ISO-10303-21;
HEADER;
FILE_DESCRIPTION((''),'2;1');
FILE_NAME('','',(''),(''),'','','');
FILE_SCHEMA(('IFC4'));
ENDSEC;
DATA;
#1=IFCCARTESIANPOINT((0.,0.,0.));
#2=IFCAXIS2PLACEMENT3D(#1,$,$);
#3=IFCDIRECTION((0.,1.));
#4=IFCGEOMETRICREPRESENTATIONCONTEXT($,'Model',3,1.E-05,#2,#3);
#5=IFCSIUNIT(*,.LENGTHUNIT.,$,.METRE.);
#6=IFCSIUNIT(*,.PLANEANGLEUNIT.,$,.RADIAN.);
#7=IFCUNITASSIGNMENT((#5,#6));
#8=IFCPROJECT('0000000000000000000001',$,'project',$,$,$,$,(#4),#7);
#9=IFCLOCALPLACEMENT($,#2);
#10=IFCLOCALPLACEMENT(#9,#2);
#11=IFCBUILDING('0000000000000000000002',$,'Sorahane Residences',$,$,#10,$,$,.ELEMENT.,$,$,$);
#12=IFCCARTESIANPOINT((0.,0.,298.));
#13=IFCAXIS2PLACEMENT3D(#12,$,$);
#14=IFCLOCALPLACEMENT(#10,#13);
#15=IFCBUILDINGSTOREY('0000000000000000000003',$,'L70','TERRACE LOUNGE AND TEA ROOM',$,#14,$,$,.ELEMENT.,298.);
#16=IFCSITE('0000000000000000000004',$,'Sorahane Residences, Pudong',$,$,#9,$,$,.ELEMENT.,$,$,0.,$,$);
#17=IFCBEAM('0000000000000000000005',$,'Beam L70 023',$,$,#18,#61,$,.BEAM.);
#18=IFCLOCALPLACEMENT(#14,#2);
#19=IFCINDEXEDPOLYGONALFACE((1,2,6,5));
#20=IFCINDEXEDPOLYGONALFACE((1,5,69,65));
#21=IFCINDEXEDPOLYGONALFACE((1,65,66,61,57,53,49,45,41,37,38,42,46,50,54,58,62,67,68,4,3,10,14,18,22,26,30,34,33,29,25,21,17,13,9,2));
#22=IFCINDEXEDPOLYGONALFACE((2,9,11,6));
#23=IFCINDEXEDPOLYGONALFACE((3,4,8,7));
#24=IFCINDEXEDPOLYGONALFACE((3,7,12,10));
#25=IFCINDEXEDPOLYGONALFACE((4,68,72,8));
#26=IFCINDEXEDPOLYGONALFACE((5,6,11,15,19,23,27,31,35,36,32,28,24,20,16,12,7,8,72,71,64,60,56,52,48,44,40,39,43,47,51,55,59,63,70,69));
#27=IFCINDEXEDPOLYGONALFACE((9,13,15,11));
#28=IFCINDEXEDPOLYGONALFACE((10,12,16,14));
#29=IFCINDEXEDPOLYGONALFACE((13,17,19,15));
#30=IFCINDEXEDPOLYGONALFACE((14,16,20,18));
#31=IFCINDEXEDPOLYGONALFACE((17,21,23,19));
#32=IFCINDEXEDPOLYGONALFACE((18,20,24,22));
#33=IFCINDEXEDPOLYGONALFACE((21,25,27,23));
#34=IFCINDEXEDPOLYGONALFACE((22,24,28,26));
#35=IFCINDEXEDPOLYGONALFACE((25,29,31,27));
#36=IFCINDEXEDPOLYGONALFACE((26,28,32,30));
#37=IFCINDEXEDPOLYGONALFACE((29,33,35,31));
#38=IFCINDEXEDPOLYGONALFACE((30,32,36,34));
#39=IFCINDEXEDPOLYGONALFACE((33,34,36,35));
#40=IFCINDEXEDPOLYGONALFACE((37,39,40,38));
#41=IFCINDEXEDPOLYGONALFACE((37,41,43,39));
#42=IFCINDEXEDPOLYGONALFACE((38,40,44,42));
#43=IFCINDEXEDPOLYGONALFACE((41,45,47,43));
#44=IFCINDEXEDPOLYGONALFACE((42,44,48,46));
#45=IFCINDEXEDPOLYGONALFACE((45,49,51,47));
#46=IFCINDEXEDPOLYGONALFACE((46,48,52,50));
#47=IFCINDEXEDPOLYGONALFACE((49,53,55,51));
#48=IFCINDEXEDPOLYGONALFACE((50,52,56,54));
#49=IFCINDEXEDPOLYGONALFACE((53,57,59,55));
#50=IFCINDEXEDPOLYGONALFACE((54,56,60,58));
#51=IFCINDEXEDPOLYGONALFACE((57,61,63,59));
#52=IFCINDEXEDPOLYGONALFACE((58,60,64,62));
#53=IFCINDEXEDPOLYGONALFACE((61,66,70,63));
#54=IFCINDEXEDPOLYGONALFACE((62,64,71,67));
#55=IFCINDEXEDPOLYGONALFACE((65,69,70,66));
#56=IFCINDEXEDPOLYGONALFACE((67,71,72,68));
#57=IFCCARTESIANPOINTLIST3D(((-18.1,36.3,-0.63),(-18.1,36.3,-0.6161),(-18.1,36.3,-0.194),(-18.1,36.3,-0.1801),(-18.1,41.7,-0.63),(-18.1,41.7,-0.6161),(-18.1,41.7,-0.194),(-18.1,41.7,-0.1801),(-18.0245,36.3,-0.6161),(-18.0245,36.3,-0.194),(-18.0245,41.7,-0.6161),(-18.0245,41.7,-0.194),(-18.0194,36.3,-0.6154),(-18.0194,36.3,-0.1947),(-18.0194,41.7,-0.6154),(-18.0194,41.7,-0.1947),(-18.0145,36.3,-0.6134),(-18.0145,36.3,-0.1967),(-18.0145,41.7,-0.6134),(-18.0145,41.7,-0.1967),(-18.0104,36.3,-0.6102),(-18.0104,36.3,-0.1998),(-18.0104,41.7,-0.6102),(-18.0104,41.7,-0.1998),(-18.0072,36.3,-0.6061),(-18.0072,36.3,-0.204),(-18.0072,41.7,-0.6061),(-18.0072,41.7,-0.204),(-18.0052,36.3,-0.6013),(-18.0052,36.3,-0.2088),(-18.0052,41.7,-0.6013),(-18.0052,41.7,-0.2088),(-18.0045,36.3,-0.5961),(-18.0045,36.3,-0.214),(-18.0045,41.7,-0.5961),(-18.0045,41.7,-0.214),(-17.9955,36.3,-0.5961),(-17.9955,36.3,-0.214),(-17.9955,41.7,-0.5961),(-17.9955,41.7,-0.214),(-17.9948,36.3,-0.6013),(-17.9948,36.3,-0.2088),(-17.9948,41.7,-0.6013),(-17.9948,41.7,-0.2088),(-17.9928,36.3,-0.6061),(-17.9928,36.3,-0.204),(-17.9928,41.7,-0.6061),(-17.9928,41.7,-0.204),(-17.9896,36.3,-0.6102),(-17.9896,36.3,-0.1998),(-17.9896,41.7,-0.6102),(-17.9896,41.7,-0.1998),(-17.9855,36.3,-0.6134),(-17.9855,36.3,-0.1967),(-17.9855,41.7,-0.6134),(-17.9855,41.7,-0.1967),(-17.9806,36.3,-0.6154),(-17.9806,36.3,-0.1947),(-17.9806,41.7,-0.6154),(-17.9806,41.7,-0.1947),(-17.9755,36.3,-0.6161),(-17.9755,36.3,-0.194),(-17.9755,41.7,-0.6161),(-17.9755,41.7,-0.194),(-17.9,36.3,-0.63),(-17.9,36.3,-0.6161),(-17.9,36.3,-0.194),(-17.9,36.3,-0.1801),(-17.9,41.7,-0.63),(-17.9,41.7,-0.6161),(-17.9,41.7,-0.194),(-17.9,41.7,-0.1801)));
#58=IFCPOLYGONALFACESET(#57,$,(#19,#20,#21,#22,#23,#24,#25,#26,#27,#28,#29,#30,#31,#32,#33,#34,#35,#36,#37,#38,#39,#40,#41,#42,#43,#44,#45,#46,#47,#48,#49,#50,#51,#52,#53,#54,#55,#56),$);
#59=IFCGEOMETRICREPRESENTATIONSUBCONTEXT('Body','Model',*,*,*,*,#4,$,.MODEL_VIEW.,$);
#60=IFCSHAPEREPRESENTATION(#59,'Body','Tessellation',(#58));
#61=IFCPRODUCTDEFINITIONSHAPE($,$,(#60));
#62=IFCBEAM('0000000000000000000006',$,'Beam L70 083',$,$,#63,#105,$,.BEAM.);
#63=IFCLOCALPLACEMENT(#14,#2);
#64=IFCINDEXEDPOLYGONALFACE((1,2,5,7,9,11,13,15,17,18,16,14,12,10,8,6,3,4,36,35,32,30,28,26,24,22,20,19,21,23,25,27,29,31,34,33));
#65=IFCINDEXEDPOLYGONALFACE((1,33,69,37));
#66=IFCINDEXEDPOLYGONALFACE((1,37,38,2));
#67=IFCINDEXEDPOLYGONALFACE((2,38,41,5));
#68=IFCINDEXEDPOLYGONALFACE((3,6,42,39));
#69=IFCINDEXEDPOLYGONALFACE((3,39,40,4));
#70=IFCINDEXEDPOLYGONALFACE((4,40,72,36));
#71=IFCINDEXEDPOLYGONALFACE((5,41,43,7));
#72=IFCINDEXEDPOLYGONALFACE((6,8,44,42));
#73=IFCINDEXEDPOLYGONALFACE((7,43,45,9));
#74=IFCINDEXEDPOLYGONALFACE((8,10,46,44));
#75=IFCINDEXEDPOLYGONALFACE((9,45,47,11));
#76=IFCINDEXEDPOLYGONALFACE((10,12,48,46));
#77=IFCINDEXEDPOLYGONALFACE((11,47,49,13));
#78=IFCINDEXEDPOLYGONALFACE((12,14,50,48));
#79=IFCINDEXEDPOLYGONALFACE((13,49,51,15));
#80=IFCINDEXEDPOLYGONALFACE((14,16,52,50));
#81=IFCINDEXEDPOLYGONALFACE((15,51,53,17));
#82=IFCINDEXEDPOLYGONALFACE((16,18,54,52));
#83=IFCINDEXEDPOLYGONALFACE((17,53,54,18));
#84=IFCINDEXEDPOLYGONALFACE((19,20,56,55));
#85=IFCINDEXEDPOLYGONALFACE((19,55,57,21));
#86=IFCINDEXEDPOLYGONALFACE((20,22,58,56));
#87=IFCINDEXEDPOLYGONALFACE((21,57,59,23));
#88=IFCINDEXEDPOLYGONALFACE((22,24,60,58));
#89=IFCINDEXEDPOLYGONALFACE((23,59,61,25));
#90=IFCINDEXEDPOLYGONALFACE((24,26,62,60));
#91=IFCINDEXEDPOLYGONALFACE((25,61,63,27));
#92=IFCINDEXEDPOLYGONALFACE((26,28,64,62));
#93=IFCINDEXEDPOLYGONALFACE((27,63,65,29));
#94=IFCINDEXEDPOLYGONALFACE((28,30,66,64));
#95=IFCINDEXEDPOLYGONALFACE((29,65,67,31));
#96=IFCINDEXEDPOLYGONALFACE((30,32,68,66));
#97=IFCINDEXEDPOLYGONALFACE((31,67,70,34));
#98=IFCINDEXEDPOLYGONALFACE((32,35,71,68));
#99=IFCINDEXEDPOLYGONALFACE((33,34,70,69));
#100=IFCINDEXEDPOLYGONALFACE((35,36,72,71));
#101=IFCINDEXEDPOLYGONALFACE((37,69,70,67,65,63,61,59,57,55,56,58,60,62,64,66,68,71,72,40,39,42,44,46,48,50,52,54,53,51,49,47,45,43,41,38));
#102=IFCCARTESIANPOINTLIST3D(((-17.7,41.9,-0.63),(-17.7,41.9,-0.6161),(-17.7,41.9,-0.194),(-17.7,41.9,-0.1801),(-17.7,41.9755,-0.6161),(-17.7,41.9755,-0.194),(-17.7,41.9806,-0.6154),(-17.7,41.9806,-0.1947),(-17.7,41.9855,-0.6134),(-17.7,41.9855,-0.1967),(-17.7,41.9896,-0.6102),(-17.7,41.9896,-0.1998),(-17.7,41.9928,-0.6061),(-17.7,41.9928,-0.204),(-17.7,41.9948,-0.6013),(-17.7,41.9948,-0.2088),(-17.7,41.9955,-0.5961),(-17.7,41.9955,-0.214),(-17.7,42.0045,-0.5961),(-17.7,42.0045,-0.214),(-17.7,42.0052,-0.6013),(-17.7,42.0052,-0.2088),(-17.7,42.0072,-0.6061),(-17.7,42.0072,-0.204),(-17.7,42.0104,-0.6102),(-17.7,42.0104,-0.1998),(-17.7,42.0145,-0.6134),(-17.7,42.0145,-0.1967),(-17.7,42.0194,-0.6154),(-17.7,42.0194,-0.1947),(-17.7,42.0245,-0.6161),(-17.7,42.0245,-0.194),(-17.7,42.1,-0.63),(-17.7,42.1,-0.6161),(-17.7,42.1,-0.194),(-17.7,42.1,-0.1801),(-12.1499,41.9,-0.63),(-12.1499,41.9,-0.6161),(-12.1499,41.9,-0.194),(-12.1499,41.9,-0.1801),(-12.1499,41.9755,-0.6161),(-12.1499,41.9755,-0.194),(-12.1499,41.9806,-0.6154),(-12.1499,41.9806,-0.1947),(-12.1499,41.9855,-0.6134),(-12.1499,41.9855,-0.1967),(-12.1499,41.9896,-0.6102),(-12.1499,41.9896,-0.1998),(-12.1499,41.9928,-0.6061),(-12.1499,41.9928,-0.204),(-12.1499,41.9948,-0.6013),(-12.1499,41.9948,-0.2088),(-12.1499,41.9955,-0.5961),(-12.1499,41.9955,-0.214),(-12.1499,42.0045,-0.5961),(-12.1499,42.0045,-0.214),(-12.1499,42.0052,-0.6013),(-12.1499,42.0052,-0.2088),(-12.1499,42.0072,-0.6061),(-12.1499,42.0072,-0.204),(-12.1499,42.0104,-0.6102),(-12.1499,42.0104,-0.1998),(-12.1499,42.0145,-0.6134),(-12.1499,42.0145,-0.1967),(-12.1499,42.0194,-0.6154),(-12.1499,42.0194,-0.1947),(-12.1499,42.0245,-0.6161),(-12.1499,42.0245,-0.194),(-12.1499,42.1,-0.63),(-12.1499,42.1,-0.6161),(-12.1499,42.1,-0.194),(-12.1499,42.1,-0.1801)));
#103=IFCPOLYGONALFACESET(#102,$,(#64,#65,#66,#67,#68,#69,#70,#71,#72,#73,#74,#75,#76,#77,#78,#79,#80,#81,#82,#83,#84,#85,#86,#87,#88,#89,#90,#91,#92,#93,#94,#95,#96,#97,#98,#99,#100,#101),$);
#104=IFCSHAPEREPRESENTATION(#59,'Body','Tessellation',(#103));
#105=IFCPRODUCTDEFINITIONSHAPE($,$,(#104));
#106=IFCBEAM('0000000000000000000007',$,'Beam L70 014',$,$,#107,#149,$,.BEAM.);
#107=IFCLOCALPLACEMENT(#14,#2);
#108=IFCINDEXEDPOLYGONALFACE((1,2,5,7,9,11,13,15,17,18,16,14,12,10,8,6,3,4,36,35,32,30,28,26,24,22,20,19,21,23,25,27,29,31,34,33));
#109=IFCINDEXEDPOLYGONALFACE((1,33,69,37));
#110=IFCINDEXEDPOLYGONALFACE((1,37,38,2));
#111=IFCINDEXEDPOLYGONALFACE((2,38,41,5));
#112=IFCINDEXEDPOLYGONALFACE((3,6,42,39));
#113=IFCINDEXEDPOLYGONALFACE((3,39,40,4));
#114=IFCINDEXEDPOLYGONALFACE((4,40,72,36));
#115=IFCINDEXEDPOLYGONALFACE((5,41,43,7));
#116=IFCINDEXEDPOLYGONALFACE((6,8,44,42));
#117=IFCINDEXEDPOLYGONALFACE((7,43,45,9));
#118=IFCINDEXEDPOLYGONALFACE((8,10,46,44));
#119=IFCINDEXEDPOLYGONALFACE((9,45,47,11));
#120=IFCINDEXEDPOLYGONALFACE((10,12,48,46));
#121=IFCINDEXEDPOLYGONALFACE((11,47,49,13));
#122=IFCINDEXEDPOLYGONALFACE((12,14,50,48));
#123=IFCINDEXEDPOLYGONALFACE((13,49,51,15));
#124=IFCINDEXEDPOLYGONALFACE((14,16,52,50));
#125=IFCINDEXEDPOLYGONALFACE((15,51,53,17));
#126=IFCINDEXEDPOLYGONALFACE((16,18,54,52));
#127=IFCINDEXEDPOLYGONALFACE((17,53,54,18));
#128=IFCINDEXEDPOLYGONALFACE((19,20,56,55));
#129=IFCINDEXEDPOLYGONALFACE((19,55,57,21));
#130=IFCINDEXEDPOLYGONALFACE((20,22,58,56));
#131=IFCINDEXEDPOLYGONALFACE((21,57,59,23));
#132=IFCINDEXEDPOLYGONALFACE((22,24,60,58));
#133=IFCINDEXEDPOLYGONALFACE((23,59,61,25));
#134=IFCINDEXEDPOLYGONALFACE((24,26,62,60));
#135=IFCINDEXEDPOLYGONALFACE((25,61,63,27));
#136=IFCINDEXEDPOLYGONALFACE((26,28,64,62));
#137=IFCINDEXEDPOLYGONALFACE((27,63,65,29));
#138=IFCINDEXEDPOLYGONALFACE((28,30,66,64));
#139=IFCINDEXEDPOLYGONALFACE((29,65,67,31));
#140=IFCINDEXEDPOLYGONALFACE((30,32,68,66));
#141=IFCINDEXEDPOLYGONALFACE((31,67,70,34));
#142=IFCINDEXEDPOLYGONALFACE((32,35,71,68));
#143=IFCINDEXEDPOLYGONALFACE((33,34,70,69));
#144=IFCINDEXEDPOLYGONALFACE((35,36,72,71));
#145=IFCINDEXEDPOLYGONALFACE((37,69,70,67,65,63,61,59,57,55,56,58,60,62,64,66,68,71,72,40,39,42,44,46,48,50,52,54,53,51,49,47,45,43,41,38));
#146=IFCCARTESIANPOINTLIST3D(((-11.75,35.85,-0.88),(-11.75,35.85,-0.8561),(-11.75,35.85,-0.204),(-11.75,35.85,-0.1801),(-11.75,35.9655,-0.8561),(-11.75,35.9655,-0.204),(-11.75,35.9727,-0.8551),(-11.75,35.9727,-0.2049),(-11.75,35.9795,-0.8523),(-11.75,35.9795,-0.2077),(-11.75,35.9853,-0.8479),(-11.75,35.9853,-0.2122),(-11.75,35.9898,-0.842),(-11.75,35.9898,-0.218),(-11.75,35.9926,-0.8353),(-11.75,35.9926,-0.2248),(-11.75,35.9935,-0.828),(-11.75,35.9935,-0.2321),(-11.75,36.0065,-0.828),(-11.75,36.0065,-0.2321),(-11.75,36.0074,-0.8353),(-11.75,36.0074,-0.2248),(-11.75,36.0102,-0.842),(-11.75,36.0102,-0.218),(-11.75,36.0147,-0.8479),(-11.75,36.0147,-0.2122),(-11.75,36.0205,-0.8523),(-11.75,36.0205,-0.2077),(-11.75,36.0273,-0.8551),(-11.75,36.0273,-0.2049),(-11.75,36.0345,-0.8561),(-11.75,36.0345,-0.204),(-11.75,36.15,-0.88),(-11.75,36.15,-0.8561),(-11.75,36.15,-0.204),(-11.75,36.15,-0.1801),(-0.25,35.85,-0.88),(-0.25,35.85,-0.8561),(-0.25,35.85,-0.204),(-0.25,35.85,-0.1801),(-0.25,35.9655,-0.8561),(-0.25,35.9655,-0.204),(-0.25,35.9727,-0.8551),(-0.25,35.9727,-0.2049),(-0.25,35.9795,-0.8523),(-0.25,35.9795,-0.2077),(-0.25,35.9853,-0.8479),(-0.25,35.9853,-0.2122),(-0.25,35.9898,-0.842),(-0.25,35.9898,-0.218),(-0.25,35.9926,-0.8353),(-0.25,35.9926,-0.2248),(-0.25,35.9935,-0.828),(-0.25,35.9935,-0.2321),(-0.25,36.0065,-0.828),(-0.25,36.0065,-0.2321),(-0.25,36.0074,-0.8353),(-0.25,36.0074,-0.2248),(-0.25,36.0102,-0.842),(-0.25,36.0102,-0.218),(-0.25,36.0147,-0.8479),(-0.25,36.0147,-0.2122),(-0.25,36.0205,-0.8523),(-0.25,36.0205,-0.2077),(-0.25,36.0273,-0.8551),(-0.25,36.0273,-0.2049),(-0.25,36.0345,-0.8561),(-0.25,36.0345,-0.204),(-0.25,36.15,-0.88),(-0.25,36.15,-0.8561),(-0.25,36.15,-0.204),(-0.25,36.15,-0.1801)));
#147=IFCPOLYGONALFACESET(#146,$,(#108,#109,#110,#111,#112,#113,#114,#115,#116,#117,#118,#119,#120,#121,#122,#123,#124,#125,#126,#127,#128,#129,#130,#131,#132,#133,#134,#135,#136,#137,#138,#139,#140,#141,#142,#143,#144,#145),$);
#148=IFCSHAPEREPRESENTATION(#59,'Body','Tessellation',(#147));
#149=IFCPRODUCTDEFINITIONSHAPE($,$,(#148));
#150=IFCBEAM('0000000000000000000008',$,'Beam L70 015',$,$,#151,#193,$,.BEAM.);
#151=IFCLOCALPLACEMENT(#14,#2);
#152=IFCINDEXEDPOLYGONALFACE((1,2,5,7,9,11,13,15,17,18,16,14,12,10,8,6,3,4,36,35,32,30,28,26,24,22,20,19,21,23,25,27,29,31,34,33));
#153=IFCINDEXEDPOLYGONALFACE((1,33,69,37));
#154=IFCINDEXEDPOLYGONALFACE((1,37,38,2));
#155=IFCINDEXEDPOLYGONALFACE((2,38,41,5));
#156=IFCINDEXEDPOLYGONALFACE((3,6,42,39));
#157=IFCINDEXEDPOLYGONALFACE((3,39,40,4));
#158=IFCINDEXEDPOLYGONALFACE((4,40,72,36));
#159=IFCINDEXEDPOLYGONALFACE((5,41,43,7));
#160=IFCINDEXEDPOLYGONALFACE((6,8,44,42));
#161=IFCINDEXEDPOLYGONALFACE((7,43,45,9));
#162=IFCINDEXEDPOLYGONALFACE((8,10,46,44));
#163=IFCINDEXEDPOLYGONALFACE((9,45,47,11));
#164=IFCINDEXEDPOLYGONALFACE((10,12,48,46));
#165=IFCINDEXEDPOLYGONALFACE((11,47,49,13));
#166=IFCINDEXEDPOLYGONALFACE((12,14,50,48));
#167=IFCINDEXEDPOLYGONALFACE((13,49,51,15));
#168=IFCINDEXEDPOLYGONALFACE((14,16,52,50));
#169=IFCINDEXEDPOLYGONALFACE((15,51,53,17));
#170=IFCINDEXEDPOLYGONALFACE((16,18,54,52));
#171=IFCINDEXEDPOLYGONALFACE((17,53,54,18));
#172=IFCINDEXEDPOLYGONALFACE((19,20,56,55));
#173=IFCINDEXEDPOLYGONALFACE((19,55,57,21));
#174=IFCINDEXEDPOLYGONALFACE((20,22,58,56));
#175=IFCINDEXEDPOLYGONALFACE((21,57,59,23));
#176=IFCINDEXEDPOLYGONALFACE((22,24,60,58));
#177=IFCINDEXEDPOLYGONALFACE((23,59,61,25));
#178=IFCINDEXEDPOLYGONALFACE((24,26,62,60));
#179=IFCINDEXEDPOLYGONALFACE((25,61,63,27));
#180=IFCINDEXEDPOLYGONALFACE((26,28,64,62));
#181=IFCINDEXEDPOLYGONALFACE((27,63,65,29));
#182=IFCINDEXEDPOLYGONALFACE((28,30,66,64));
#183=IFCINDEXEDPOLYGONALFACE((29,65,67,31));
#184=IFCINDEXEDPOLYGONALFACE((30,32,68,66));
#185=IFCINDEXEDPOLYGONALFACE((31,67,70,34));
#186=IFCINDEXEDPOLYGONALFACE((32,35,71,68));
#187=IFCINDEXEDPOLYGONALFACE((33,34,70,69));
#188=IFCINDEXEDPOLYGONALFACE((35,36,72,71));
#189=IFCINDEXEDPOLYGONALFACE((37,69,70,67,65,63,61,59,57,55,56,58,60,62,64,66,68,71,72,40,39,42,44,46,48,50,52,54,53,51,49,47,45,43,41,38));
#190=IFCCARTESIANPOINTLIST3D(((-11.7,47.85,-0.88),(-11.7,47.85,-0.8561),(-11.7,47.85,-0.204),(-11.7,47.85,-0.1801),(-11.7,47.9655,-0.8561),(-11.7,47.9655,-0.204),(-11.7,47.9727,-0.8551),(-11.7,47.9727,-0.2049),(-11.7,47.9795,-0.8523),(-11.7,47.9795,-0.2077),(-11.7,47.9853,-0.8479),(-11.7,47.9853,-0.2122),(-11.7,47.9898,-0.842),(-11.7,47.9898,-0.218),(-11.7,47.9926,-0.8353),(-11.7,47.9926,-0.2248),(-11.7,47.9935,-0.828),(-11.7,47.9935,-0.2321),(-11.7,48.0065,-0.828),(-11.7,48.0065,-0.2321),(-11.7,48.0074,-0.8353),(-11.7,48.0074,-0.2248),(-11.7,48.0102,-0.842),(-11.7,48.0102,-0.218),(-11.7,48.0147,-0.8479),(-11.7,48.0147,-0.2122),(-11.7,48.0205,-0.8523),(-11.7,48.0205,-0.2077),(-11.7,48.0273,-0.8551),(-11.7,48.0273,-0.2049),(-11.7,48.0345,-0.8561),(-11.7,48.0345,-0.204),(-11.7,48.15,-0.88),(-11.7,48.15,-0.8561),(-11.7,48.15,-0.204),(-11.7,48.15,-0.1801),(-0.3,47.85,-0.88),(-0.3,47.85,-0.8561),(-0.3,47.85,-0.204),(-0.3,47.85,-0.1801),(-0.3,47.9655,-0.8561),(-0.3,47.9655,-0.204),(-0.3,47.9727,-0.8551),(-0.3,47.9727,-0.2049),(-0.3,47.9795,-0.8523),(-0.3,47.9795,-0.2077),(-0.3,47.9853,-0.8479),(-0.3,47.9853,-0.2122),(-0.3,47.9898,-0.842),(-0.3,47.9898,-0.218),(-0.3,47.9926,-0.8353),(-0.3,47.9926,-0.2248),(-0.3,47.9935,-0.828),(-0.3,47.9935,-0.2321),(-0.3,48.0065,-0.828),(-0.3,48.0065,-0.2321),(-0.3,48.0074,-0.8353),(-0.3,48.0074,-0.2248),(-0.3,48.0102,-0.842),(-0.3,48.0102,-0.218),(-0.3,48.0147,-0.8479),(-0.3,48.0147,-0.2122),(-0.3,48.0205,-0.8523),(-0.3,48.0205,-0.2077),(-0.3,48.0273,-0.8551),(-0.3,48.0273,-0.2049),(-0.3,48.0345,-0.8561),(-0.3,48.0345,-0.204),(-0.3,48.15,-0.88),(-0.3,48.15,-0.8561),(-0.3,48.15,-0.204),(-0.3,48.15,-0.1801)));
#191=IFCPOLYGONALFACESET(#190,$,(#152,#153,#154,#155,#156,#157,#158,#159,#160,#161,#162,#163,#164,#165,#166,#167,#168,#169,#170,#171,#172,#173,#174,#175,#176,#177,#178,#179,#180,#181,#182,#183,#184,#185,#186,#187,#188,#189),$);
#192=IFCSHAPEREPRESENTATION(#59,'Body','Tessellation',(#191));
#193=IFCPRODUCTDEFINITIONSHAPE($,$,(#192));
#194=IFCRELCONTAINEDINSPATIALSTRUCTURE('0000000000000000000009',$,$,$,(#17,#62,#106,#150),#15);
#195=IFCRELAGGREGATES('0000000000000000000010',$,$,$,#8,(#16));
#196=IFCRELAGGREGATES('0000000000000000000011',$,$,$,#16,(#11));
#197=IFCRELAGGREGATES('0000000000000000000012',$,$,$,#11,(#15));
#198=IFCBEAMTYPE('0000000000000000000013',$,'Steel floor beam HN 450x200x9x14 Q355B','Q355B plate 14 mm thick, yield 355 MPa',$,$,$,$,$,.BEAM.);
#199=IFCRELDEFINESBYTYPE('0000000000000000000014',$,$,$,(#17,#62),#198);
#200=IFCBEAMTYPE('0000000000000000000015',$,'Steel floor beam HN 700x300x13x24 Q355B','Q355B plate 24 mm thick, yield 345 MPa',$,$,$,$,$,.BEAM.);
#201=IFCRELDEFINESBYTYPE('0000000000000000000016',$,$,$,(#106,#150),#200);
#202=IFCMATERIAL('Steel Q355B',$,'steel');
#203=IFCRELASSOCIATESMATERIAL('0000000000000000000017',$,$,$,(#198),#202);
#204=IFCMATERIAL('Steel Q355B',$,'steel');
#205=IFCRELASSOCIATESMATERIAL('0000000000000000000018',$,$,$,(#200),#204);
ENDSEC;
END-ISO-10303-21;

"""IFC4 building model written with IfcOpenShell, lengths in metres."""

from ifc_helpers import new_model, si_unit, direction, frame, origin, origin_2d, place, context, subcontext, project, spatial, i_section, extrude, material, material_profile, profile_set, type_object, element, save


model = new_model("IFC4")

# Units and contexts
model_context = context("Model", 3, precision=1e-05, world=origin(), true_north=direction((0.0, 1.0)))
body_context = subcontext(model_context, "Body", "Model", "MODEL_VIEW")
ifc_project = project(units=[si_unit("LENGTHUNIT", "METRE"), si_unit("PLANEANGLEUNIT", "RADIAN")], contexts=[model_context])

# Site, building, storey
site_placement = place(None, origin())
site = spatial("IfcSite", under=ifc_project, at=site_placement, Name="Sorahane Residences, Pudong", CompositionType="ELEMENT", RefElevation=0.0)
building_placement = place(site_placement, origin())
building = spatial("IfcBuilding", under=site, at=building_placement, Name="Sorahane Residences", CompositionType="ELEMENT")
storey_placement = place(building_placement, frame((0.0, 0.0, 298.0)))
storey = spatial("IfcBuildingStorey", under=building, at=storey_placement, Name="L70", Description="TERRACE LOUNGE AND TEA ROOM", CompositionType="ELEMENT", Elevation=298.0)

# Beams
ifc_material_1 = material(Name="Steel Q355B", Category="steel")
ifc_material_profile_1 = material_profile(ifc_material_1, i_section(OverallWidth=0.2, OverallDepth=0.45, WebThickness=0.009, FlangeThickness=0.0139, FilletRadius=0.02, at=origin_2d()), Name="HN 450x200x9x14")
ifc_profile_set_1 = profile_set([ifc_material_profile_1], Name="Steel Q355B")
beam_type_1 = type_object("IfcBeamType", Name="Steel floor beam HN 450x200x9x14 Q355B", Description="Q355B plate 14 mm thick, yield 355 MPa", PredefinedType="BEAM", material=ifc_profile_set_1)
beam_1_placement = place(storey_placement, frame((-18.0, 36.3, -0.405), z_axis=(0.0, 1.0, 0.0), x_axis=(-1.0, 0.0, 0.0)))
element("IfcBeam", 1, at=beam_1_placement, inside=storey, type_object=beam_type_1, Name="Beam L70 023", PredefinedType="BEAM", context=body_context, shape_type="SweptSolid", body=[
    extrude(i_section(OverallWidth=0.2, OverallDepth=0.45, WebThickness=0.009, FlangeThickness=0.0139, FilletRadius=0.02, at=origin_2d()), origin(), (0.0, 0.0, 1.0), 5.3999),
])
beam_2_placement = place(storey_placement, frame((-17.7, 42.0, -0.405), z_axis=(1.0, 0.0, 0.0), x_axis=(0.0, 1.0, 0.0)))
element("IfcBeam", 2, at=beam_2_placement, inside=storey, type_object=beam_type_1, Name="Beam L70 083", PredefinedType="BEAM", context=body_context, shape_type="SweptSolid", body=[
    extrude(i_section(OverallWidth=0.2, OverallDepth=0.45, WebThickness=0.009, FlangeThickness=0.0139, FilletRadius=0.02, at=origin_2d()), origin(), (0.0, 0.0, 1.0), 5.55),
])
ifc_material_2 = material(Name="Steel Q355B", Category="steel")
ifc_material_profile_2 = material_profile(ifc_material_2, i_section(OverallWidth=0.3, OverallDepth=0.7, WebThickness=0.0129, FlangeThickness=0.0239, FilletRadius=0.0281, at=origin_2d()), Name="HN 700x300x13x24")
ifc_profile_set_2 = profile_set([ifc_material_profile_2], Name="Steel Q355B")
beam_type_2 = type_object("IfcBeamType", Name="Steel floor beam HN 700x300x13x24 Q355B", Description="Q355B plate 24 mm thick, yield 345 MPa", PredefinedType="BEAM", material=ifc_profile_set_2)
beam_3_placement = place(storey_placement, frame((-11.75, 36.0, -0.53), z_axis=(1.0, 0.0, 0.0), x_axis=(0.0, 1.0, 0.0)))
element("IfcBeam", 3, at=beam_3_placement, inside=storey, type_object=beam_type_2, Name="Beam L70 014", PredefinedType="BEAM", context=body_context, shape_type="SweptSolid", body=[
    extrude(i_section(OverallWidth=0.3, OverallDepth=0.7, WebThickness=0.0129, FlangeThickness=0.0239, FilletRadius=0.0281, at=origin_2d()), origin(), (0.0, 0.0, 1.0), 11.5),
])
beam_4_placement = place(storey_placement, frame((-11.7, 48.0, -0.53), z_axis=(1.0, 0.0, 0.0), x_axis=(0.0, 1.0, 0.0)))
element("IfcBeam", 4, at=beam_4_placement, inside=storey, type_object=beam_type_2, Name="Beam L70 015", PredefinedType="BEAM", context=body_context, shape_type="SweptSolid", body=[
    extrude(i_section(OverallWidth=0.3, OverallDepth=0.7, WebThickness=0.0129, FlangeThickness=0.0239, FilletRadius=0.0281, at=origin_2d()), origin(), (0.0, 0.0, 1.0), 11.3999),
])

save(model, "model.ifc")
